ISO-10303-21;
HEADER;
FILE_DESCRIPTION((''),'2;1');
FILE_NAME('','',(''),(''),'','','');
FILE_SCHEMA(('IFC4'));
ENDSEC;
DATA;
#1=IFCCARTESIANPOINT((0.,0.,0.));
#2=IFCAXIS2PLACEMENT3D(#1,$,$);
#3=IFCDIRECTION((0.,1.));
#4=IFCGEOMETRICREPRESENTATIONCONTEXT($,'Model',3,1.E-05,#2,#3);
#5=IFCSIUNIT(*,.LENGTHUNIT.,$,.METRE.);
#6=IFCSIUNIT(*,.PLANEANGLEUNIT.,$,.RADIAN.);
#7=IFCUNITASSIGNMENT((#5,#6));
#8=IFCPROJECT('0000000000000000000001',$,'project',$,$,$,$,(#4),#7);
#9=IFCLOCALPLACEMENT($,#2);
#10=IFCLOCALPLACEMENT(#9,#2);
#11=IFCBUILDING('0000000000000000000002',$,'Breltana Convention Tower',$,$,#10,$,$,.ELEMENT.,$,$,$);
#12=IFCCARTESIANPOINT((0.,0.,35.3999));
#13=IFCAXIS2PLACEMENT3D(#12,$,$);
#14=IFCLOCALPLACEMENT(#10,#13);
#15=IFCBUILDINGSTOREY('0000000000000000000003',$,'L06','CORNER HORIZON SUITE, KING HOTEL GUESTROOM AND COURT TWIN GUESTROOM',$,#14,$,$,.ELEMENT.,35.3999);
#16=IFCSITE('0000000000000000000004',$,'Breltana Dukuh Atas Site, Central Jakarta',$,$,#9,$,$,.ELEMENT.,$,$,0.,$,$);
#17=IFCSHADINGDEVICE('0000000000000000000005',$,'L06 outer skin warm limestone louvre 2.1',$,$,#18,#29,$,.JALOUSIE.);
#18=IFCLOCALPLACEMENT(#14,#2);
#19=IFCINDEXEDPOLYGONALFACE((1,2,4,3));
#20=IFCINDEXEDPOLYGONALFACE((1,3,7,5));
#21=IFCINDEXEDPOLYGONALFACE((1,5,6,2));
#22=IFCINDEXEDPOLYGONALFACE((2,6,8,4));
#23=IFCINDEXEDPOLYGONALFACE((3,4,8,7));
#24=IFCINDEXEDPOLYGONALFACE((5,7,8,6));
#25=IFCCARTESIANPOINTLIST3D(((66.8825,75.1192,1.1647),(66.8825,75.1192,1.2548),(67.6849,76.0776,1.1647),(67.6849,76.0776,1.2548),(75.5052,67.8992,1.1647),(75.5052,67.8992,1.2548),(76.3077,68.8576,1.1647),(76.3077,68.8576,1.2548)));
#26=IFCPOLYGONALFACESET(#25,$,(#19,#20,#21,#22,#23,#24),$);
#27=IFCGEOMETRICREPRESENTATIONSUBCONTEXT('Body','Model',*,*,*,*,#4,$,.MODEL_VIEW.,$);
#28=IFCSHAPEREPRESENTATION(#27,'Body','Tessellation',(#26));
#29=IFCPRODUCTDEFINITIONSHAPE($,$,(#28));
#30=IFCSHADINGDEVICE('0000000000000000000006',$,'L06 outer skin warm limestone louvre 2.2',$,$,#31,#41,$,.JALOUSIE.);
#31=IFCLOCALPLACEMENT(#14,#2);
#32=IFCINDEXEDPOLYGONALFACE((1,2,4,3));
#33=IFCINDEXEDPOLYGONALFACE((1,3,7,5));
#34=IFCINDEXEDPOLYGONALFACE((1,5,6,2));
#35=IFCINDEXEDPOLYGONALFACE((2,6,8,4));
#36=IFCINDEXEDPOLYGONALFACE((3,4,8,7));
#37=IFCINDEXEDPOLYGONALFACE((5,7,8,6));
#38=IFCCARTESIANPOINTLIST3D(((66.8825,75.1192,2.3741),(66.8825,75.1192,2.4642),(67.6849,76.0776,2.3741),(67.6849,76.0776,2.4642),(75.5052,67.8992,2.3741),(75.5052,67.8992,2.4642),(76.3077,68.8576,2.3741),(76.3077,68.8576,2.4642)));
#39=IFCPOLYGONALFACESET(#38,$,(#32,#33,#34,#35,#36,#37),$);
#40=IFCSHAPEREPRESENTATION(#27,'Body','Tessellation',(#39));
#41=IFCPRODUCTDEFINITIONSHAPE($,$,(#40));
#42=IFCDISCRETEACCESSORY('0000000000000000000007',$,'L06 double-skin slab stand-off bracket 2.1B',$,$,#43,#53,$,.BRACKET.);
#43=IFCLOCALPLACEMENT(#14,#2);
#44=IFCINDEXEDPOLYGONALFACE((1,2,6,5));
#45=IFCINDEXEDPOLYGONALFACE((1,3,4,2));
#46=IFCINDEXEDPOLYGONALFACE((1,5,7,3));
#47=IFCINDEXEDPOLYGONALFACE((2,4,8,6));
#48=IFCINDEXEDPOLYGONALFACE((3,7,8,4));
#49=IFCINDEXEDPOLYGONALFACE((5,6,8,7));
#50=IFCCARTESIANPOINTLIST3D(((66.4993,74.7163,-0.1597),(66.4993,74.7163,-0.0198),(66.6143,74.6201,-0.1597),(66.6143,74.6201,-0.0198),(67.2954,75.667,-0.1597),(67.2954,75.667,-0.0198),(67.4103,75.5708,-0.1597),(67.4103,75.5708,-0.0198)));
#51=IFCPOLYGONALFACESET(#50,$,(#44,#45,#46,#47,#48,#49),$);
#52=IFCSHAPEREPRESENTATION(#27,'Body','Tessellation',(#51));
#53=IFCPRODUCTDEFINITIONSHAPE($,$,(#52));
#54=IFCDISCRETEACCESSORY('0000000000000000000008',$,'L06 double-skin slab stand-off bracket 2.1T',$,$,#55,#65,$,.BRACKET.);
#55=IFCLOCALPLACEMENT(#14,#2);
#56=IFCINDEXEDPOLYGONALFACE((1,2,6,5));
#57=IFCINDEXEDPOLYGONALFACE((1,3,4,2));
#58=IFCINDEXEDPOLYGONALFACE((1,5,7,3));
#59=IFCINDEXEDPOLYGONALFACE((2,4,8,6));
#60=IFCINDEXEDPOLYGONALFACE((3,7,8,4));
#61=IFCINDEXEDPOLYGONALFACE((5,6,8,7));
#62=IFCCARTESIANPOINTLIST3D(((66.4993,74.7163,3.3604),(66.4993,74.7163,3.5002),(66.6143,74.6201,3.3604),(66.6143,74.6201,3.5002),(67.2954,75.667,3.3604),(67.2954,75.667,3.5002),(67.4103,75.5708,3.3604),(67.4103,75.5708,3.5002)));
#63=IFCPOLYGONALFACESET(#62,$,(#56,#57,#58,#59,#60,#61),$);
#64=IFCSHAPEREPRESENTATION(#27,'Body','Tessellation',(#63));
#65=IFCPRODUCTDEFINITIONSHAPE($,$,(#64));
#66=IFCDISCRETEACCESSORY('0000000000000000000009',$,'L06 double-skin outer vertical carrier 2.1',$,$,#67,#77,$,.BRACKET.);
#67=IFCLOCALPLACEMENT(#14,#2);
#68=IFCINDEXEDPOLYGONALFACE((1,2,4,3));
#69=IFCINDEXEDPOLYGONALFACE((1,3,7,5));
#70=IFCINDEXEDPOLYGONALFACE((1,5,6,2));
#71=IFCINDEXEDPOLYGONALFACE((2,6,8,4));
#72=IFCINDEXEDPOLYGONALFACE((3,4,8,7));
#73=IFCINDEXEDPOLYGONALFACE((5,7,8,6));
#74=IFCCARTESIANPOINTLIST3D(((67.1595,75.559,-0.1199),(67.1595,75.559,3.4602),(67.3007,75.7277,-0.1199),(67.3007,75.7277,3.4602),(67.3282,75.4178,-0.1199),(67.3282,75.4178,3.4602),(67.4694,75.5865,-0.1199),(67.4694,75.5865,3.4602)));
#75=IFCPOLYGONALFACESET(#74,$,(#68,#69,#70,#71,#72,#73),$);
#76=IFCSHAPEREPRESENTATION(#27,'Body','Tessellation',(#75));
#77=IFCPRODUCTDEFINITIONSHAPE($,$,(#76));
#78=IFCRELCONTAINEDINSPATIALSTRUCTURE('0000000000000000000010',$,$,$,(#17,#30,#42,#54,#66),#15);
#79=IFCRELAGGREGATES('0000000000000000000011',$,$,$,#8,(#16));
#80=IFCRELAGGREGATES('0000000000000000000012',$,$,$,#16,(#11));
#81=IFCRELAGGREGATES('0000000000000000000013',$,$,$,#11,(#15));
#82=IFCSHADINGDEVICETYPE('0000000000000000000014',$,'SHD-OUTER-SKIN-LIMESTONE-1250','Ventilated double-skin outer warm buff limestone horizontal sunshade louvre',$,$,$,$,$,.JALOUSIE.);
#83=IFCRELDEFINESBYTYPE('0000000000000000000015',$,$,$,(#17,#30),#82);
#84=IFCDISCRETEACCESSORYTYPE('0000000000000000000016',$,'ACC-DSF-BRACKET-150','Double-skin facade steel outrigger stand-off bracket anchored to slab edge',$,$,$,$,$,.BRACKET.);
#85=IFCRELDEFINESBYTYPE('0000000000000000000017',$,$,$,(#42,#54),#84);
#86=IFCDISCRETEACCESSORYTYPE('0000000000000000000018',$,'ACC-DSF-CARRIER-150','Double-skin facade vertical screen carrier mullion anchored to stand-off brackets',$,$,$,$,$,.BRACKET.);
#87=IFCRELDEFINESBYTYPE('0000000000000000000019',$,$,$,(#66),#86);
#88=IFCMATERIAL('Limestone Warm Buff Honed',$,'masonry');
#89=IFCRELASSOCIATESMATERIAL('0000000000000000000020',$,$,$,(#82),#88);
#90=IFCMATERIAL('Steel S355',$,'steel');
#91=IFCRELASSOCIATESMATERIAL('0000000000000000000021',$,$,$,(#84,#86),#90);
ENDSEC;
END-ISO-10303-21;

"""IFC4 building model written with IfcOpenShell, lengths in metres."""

from ifc_helpers import new_model, si_unit, direction, frame, origin, origin_2d, place, context, subcontext, project, spatial, rectangle, extrude, source, transform, mapped, material, material_profile, profile_set, type_object, type_shapes, element, save


model = new_model("IFC4")

# Units and contexts
model_context = context("Model", 3, precision=1e-05, world=origin(), true_north=direction((0.0, 1.0)))
body_context = subcontext(model_context, "Body", "Model", "MODEL_VIEW")
ifc_project = project(units=[si_unit("LENGTHUNIT", "METRE"), si_unit("PLANEANGLEUNIT", "RADIAN")], contexts=[model_context])

# Site, building, storey
site_placement = place(None, origin())
site = spatial("IfcSite", under=ifc_project, at=site_placement, Name="Breltana Dukuh Atas Site, Central Jakarta", CompositionType="ELEMENT", RefElevation=0.0)
building_placement = place(site_placement, origin())
building = spatial("IfcBuilding", under=site, at=building_placement, Name="Breltana Convention Tower", CompositionType="ELEMENT")
storey_placement = place(building_placement, frame((0.0, 0.0, 35.3999)))
storey = spatial("IfcBuildingStorey", under=building, at=storey_placement, Name="L06", Description="CORNER HORIZON SUITE, KING HOTEL GUESTROOM AND COURT TWIN GUESTROOM", CompositionType="ELEMENT", Elevation=35.3999)

# Shading devices
ifc_material_1 = material(Name="Limestone Warm Buff Honed", Category="masonry")
ifc_material_profile_1 = material_profile(ifc_material_1, rectangle(XDim=1.25, YDim=0.0901, at=origin_2d()), Name="STN-LVR-1250X90")
ifc_profile_set_1 = profile_set([ifc_material_profile_1], Name="Limestone Warm Buff Honed")
shading_device_type = type_object("IfcShadingDeviceType", Name="SHD-OUTER-SKIN-LIMESTONE-1250", Description="Ventilated double-skin outer warm buff limestone horizontal sunshade louvre", PredefinedType="JALOUSIE", material=ifc_profile_set_1)
shared_shape_1 = source(origin(), body_context, "Body", "SweptSolid", [
    extrude(rectangle(XDim=1.25, YDim=0.0901, at=origin_2d()), origin(), (0.0, 0.0, 1.0), 11.2463),
])
for number, where, z_axis, x_axis, name in (
    (1, (67.2837, 75.5984, 1.2097), (0.766719, -0.641983, 0.0), (0.641983, 0.766719, 0.0), "L06 outer skin warm limestone louvre 2.1"),
    (2, (67.2837, 75.5984, 2.4192), (0.766719, -0.641983, 0.0), (0.641983, 0.766719, 0.0), "L06 outer skin warm limestone louvre 2.2"),
):
    element("IfcShadingDevice", number, at=place(storey_placement, frame(where, z_axis=z_axis, x_axis=x_axis)), inside=storey, type_object=shading_device_type, Name=name, PredefinedType="JALOUSIE", context=body_context, shape_type="MappedRepresentation", body=[
        mapped(shared_shape_1, transform((0.0, 0.0, 0.0), scale=1.0)),
    ])

# Discrete accessories
ifc_material_2 = material(Name="Steel S355", Category="steel")
discrete_accessory_type_1 = type_object("IfcDiscreteAccessoryType", Name="ACC-DSF-BRACKET-150", Description="Double-skin facade steel outrigger stand-off bracket anchored to slab edge", PredefinedType="BRACKET", material=ifc_material_2)
shared_shape_2 = source(origin(), body_context, "Body", "SweptSolid", [
    extrude(rectangle(XDim=1.24, YDim=0.1499, at=origin_2d()), origin(), (0.0, 0.0, 1.0), 0.1399),
])
type_shapes(discrete_accessory_type_1, [shared_shape_2])
for number, where, z_axis, x_axis, name in (
    (3, (66.9548, 75.1436, -0.1597), (0.0, 0.0, 1.0), (0.64199, 0.766713, 0.0), "L06 double-skin slab stand-off bracket 2.1B"),
    (4, (66.9548, 75.1436, 3.3604), (0.0, 0.0, 1.0), (0.64199, 0.766713, 0.0), "L06 double-skin slab stand-off bracket 2.1T"),
):
    element("IfcDiscreteAccessory", number, at=place(storey_placement, frame(where, z_axis=z_axis, x_axis=x_axis)), inside=storey, type_object=discrete_accessory_type_1, Name=name, PredefinedType="BRACKET", context=body_context, shape_type="MappedRepresentation", body=[
        mapped(shared_shape_2, transform((0.0, 0.0, 0.0), scale=1.0)),
    ])
discrete_accessory_type_2 = type_object("IfcDiscreteAccessoryType", Name="ACC-DSF-CARRIER-150", Description="Double-skin facade vertical screen carrier mullion anchored to stand-off brackets", PredefinedType="BRACKET", material=ifc_material_2)
shared_shape_3 = source(origin(), body_context, "Body", "SweptSolid", [
    extrude(rectangle(XDim=0.22, YDim=0.22, at=origin_2d()), origin(), (0.0, 0.0, 1.0), 3.5801),
])
discrete_accessory_placement = place(storey_placement, frame((67.3145, 75.5728, -0.1199), z_axis=(0.0, 0.0, 1.0), x_axis=(0.64199, 0.766713, 0.0)))
element("IfcDiscreteAccessory", 5, at=discrete_accessory_placement, inside=storey, type_object=discrete_accessory_type_2, Name="L06 double-skin outer vertical carrier 2.1", PredefinedType="BRACKET", context=body_context, shape_type="MappedRepresentation", body=[
    mapped(shared_shape_3, transform((0.0, 0.0, 0.0), scale=1.0)),
])

save(model, "model.ifc")
